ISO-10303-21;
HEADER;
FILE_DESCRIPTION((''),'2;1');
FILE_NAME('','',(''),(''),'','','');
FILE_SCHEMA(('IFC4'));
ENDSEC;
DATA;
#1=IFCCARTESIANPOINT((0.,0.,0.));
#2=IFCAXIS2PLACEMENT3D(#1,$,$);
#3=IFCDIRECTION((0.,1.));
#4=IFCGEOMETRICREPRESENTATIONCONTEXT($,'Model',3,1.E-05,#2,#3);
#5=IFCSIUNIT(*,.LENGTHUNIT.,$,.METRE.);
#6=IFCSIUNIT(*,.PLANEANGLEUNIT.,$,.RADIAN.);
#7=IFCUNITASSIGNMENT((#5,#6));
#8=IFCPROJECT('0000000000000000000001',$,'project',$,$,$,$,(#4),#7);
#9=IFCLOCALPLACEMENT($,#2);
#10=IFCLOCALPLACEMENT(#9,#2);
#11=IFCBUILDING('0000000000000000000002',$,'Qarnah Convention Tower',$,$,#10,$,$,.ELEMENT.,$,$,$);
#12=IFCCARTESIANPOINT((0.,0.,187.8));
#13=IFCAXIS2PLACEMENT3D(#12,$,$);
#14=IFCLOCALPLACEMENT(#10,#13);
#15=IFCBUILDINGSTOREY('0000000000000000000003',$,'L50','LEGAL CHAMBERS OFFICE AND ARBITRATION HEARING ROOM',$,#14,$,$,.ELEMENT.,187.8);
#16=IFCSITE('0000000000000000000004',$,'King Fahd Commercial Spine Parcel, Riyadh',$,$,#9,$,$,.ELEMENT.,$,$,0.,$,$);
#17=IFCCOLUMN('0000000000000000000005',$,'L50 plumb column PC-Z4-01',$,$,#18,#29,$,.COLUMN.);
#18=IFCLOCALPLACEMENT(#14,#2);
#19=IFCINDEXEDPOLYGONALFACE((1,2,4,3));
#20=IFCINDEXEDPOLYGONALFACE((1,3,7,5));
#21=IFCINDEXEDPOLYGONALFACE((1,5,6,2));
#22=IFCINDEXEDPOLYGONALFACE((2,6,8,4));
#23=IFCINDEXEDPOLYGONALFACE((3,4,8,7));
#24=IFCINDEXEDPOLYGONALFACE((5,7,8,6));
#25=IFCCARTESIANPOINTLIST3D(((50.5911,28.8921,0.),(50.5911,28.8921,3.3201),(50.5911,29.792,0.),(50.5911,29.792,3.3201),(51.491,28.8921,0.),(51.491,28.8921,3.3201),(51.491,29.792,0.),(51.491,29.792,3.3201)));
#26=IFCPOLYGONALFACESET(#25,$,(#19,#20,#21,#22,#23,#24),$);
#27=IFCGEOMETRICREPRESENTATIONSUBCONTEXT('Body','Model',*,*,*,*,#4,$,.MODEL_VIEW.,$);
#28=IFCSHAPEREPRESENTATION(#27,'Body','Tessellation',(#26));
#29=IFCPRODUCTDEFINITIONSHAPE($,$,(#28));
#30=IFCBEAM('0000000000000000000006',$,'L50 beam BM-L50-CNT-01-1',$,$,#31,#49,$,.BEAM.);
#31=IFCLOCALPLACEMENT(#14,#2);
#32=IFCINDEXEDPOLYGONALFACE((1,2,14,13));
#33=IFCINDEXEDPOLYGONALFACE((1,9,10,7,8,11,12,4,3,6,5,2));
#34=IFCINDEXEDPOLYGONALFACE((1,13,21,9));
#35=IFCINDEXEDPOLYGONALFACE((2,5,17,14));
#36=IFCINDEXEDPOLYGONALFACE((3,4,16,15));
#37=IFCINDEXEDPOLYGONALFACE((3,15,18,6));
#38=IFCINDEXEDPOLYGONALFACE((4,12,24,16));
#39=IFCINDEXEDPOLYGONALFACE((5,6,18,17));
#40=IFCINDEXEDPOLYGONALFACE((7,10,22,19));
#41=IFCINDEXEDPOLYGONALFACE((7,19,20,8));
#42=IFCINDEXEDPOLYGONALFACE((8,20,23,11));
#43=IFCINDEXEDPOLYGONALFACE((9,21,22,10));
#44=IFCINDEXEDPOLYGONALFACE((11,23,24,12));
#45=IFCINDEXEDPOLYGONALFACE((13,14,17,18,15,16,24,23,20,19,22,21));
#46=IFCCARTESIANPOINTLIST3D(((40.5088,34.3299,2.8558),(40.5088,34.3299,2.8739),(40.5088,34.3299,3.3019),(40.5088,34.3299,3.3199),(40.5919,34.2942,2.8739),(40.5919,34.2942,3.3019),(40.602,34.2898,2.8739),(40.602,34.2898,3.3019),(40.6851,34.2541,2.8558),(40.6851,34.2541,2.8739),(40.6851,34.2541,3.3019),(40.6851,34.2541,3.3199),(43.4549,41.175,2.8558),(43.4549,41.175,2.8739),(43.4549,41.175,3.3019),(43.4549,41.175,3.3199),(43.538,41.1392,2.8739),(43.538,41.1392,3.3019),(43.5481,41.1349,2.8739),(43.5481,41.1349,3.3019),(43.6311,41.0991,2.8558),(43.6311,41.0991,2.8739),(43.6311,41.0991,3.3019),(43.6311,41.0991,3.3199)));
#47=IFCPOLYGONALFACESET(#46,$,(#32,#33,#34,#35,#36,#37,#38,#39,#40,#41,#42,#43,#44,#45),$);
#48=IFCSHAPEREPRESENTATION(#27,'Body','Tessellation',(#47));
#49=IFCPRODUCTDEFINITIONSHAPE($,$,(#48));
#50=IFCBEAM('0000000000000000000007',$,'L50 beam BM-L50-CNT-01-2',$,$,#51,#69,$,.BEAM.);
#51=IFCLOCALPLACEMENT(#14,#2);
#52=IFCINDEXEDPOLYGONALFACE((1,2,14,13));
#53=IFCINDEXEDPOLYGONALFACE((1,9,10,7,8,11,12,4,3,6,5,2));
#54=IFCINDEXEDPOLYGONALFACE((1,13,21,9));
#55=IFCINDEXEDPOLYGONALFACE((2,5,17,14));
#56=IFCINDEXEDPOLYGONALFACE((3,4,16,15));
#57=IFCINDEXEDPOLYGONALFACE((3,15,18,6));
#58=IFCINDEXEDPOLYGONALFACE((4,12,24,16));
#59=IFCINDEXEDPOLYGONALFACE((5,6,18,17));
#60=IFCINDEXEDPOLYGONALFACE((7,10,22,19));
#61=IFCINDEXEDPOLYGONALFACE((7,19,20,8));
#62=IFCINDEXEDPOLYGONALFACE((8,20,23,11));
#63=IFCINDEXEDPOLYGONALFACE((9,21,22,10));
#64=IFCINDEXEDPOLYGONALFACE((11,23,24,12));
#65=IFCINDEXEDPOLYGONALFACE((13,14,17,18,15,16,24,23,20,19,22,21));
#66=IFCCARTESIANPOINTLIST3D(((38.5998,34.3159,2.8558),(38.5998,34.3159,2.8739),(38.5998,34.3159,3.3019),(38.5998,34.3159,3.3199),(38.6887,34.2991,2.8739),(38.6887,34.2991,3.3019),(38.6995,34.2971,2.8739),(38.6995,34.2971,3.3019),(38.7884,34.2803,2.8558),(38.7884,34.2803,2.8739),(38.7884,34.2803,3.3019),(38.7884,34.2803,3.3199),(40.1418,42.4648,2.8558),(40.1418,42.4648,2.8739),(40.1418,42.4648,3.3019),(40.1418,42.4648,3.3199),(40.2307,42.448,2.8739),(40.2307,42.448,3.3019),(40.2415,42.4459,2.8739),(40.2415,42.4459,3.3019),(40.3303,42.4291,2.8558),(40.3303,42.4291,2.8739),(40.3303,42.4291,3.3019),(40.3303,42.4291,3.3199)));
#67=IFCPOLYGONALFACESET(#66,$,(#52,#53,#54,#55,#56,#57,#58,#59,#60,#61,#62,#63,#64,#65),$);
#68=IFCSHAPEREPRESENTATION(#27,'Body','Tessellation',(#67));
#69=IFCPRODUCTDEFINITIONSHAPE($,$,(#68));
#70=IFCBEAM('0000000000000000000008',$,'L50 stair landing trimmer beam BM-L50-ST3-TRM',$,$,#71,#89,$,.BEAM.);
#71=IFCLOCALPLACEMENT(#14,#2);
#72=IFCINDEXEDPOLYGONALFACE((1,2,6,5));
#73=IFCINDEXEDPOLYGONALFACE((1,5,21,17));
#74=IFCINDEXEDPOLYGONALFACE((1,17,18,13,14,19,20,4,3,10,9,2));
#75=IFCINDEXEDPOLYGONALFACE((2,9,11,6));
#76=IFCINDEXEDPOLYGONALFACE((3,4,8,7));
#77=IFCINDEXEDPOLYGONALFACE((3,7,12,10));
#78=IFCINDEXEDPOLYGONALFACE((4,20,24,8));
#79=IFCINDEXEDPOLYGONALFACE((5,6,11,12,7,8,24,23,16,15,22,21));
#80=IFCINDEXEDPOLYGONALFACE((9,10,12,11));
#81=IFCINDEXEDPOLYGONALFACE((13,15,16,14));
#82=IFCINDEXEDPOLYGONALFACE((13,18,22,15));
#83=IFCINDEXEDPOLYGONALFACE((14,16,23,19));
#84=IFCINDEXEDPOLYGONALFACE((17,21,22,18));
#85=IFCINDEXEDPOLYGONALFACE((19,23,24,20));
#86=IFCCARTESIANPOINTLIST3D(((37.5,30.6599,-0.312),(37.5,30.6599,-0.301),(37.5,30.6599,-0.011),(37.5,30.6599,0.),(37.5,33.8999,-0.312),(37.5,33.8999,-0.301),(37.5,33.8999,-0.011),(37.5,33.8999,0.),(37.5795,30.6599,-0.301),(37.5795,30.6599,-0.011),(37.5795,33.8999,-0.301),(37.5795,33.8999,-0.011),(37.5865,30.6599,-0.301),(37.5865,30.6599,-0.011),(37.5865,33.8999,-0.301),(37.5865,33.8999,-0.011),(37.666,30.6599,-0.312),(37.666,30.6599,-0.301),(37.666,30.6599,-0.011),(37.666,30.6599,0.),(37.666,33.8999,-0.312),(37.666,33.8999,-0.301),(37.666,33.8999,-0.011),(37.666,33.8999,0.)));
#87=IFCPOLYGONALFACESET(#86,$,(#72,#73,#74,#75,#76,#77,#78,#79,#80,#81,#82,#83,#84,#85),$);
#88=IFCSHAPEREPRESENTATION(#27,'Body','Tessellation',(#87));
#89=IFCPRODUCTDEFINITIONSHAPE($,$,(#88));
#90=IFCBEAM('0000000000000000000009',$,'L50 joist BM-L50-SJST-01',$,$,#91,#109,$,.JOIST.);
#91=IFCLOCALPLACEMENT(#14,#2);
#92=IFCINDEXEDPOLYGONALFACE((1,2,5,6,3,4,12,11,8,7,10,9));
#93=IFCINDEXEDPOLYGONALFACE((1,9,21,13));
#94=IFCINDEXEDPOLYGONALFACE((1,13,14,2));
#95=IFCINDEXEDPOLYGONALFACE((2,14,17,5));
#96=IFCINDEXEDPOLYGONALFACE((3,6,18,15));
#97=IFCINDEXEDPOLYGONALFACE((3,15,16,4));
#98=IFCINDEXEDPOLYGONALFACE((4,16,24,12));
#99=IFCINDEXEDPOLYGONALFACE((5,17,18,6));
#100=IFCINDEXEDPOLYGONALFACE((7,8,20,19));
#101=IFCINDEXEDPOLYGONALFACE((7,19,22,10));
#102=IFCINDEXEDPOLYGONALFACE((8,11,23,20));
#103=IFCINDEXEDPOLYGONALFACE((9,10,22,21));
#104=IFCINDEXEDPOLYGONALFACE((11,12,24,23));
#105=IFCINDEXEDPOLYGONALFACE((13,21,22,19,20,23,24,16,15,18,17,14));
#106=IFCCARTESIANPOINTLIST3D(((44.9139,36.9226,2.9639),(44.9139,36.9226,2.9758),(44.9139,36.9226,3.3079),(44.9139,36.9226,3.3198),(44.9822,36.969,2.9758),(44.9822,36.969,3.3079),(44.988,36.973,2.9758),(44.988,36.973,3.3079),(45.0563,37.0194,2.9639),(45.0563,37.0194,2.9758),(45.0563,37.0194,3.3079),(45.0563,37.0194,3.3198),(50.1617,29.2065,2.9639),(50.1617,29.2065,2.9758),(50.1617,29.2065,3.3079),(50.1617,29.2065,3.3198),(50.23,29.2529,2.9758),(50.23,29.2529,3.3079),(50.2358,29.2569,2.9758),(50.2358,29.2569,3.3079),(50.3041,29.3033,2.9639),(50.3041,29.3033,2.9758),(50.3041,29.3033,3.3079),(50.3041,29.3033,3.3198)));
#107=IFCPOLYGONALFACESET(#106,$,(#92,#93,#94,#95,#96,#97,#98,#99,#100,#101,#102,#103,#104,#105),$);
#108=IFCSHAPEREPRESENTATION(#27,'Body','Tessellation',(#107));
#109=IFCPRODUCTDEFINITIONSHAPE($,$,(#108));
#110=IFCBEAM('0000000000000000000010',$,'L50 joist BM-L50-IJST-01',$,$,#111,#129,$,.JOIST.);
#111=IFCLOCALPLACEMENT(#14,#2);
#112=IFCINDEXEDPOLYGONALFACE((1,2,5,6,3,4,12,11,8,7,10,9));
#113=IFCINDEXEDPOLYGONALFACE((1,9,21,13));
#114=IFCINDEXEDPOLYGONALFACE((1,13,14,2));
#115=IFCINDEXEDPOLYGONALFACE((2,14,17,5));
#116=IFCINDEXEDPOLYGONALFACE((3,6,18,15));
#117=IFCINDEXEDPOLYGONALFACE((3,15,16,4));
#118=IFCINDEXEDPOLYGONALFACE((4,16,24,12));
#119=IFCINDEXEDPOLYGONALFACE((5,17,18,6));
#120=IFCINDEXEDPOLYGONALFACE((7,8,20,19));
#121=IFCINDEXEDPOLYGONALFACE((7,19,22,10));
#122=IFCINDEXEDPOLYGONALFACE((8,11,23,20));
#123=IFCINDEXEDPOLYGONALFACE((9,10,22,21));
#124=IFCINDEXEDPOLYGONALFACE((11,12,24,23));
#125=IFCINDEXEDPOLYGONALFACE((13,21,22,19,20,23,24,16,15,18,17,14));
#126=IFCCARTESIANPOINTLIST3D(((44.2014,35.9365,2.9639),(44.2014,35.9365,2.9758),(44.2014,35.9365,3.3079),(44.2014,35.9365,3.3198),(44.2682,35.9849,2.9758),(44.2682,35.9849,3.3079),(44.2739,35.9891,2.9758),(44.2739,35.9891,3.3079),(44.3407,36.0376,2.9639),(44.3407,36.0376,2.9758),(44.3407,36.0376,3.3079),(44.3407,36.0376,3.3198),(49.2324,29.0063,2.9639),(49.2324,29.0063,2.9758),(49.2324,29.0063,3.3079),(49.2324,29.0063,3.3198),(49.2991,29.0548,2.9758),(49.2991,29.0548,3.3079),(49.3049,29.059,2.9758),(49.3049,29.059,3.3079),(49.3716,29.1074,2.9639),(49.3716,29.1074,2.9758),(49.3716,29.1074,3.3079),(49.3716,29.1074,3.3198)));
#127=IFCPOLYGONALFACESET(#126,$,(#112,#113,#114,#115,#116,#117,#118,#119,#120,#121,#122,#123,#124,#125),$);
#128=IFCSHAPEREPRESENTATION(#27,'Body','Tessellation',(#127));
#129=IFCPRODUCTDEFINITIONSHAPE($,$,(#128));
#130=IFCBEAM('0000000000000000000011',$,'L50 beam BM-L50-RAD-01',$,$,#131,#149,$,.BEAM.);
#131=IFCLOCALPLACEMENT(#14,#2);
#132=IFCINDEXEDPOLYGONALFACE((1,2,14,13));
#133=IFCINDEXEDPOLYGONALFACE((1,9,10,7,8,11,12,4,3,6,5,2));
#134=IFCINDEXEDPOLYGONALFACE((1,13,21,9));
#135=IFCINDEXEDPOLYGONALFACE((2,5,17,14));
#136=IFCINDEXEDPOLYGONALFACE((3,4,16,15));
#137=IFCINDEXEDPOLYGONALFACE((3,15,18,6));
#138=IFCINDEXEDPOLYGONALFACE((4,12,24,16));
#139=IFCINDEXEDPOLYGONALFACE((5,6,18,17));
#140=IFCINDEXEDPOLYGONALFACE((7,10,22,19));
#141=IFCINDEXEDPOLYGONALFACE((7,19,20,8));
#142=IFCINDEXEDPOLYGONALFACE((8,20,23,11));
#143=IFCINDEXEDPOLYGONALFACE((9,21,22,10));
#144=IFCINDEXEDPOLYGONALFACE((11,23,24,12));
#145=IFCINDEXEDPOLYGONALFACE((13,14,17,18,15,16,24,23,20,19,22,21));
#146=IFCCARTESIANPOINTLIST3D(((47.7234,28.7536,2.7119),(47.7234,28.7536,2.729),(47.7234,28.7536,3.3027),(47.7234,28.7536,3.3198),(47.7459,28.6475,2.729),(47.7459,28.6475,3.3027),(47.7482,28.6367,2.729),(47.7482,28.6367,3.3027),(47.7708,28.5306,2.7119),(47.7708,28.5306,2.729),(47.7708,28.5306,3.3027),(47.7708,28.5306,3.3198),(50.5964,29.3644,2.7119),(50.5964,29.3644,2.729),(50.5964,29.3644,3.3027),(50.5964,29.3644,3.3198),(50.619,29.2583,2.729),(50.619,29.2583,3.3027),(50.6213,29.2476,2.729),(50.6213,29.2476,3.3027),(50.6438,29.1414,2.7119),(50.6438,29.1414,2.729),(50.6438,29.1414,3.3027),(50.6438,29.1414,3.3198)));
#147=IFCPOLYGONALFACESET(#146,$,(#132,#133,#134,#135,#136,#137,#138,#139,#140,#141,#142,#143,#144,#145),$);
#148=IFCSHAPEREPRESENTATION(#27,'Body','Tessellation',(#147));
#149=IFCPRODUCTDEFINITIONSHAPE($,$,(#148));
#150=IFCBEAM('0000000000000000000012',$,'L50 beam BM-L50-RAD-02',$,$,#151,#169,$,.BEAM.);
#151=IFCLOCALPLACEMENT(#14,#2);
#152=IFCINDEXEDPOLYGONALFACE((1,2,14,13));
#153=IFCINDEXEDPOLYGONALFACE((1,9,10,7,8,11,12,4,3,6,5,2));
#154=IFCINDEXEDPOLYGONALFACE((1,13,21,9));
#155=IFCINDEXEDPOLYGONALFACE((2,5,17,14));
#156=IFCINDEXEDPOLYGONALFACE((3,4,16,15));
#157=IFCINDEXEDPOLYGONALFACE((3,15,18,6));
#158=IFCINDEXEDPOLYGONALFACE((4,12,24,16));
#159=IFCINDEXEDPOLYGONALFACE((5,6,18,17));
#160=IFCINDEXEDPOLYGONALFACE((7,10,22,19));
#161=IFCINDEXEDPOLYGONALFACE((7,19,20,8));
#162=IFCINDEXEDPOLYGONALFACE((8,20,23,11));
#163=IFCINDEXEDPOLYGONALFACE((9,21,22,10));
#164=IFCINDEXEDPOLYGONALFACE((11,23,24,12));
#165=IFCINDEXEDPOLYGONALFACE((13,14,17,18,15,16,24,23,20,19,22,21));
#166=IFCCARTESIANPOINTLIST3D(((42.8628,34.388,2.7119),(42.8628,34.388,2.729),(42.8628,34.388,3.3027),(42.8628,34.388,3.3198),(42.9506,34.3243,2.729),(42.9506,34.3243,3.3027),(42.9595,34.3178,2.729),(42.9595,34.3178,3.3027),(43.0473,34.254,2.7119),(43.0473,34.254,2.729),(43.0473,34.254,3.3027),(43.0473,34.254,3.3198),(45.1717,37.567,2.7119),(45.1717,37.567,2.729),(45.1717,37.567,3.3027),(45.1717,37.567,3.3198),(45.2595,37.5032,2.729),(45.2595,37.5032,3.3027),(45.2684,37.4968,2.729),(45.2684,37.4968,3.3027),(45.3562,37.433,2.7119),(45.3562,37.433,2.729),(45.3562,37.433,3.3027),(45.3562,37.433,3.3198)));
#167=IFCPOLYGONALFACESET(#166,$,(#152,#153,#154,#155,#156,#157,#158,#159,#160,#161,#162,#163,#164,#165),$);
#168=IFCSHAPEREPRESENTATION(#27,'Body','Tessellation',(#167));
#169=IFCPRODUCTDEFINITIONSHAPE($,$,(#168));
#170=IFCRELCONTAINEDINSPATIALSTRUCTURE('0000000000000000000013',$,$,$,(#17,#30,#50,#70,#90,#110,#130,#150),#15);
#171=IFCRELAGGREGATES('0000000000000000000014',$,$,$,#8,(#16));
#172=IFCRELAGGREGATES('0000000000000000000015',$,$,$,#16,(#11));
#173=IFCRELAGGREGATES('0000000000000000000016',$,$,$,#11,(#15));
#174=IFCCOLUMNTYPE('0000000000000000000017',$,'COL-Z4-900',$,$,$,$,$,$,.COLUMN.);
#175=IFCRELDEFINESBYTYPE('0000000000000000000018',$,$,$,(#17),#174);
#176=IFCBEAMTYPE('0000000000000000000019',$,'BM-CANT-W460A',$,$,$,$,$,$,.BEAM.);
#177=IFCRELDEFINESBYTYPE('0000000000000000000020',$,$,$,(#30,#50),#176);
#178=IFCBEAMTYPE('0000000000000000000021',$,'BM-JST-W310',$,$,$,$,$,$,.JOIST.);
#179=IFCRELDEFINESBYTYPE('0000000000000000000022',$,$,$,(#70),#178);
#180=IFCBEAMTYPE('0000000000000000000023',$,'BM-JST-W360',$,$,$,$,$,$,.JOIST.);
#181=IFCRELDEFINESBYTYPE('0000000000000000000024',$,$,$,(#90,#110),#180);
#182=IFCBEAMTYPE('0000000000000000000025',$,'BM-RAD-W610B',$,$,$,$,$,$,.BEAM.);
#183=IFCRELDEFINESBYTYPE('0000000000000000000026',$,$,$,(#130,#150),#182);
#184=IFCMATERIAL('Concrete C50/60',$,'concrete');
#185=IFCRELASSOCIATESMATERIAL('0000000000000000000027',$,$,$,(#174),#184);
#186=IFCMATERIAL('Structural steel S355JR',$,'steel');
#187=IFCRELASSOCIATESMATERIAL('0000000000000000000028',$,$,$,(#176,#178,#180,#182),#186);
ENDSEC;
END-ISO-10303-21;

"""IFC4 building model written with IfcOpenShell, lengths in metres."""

from ifc_helpers import new_model, si_unit, direction, frame, origin, origin_2d, place, context, subcontext, project, spatial, rectangle, i_section, extrude, material, material_profile, profile_set, type_object, element, save


model = new_model("IFC4")

# Units and contexts
model_context = context("Model", 3, precision=1e-05, world=origin(), true_north=direction((0.0, 1.0)))
body_context = subcontext(model_context, "Body", "Model", "MODEL_VIEW")
ifc_project = project(units=[si_unit("LENGTHUNIT", "METRE"), si_unit("PLANEANGLEUNIT", "RADIAN")], contexts=[model_context])

# Site, building, storey
site_placement = place(None, origin())
site = spatial("IfcSite", under=ifc_project, at=site_placement, Name="King Fahd Commercial Spine Parcel, Riyadh", CompositionType="ELEMENT", RefElevation=0.0)
building_placement = place(site_placement, origin())
building = spatial("IfcBuilding", under=site, at=building_placement, Name="Qarnah Convention Tower", CompositionType="ELEMENT")
storey_placement = place(building_placement, frame((0.0, 0.0, 187.8)))
storey = spatial("IfcBuildingStorey", under=building, at=storey_placement, Name="L50", Description="LEGAL CHAMBERS OFFICE AND ARBITRATION HEARING ROOM", CompositionType="ELEMENT", Elevation=187.8)

# Column
ifc_material_1 = material(Name="Concrete C50/60", Category="concrete")
ifc_material_profile_1 = material_profile(ifc_material_1, rectangle(XDim=0.8999, YDim=0.8999, at=origin_2d()), Name="RC-COL-900X900")
ifc_profile_set_1 = profile_set([ifc_material_profile_1], Name="Concrete C50/60")
column_type = type_object("IfcColumnType", Name="COL-Z4-900", PredefinedType="COLUMN", material=ifc_profile_set_1)
column_placement = place(storey_placement, frame((51.041, 29.342, 0.0), z_axis=(0.0, 0.0, 1.0), x_axis=(1.0, 0.0, 0.0)))
element("IfcColumn", 1, at=column_placement, inside=storey, type_object=column_type, Name="L50 plumb column PC-Z4-01", PredefinedType="COLUMN", context=body_context, shape_type="SweptSolid", body=[
    extrude(rectangle(XDim=0.8999, YDim=0.8999, at=origin_2d()), origin(), (0.0, 0.0, 1.0), 3.3201),
])

# Beams
ifc_material_2 = material(Name="Structural steel S355JR", Category="steel")
ifc_material_profile_2 = material_profile(ifc_material_2, i_section(OverallWidth=0.1919, OverallDepth=0.4641, WebThickness=0.011, FlangeThickness=0.0181, at=origin_2d()), Name="W460X89")
ifc_profile_set_2 = profile_set([ifc_material_profile_2], Name="Structural steel S355JR")
beam_type_1 = type_object("IfcBeamType", Name="BM-CANT-W460A", PredefinedType="BEAM", material=ifc_profile_set_2)
beam_1_placement = place(storey_placement, frame((40.5969, 34.292, 3.0879), z_axis=(0.395334, 0.918537, 0.0), x_axis=(-0.918537, 0.395334, 0.0)))
element("IfcBeam", 2, at=beam_1_placement, inside=storey, type_object=beam_type_1, Name="L50 beam BM-L50-CNT-01-1", PredefinedType="BEAM", context=body_context, shape_type="SweptSolid", body=[
    extrude(i_section(OverallWidth=0.1919, OverallDepth=0.4641, WebThickness=0.011, FlangeThickness=0.0181, at=origin_2d()), origin(), (0.0, 0.0, 1.0), 7.4521),
])
beam_2_placement = place(storey_placement, frame((38.6941, 34.2981, 3.0879), z_axis=(0.185927, 0.982564, 0.0), x_axis=(-0.982564, 0.185927, 0.0)))
element("IfcBeam", 3, at=beam_2_placement, inside=storey, type_object=beam_type_1, Name="L50 beam BM-L50-CNT-01-2", PredefinedType="BEAM", context=body_context, shape_type="SweptSolid", body=[
    extrude(i_section(OverallWidth=0.1919, OverallDepth=0.4641, WebThickness=0.011, FlangeThickness=0.0181, at=origin_2d()), origin(), (0.0, 0.0, 1.0), 8.2935),
])
ifc_material_profile_3 = material_profile(ifc_material_2, i_section(OverallWidth=0.166, OverallDepth=0.312, WebThickness=0.0071, FlangeThickness=0.011, at=origin_2d()), Name="W310X45")
ifc_profile_set_3 = profile_set([ifc_material_profile_3], Name="Structural steel S355JR")
beam_type_2 = type_object("IfcBeamType", Name="BM-JST-W310", PredefinedType="JOIST", material=ifc_profile_set_3)
beam_3_placement = place(storey_placement, frame((37.583, 30.6599, -0.156), z_axis=(0.0, 1.0, 0.0), x_axis=(-1.0, 0.0, 0.0)))
element("IfcBeam", 4, at=beam_3_placement, inside=storey, type_object=beam_type_2, Name="L50 stair landing trimmer beam BM-L50-ST3-TRM", PredefinedType="BEAM", context=body_context, shape_type="SweptSolid", body=[
    extrude(i_section(OverallWidth=0.166, OverallDepth=0.312, WebThickness=0.0071, FlangeThickness=0.011, at=origin_2d()), origin(), (0.0, 0.0, 1.0), 3.24),
])
ifc_material_profile_4 = material_profile(ifc_material_2, i_section(OverallWidth=0.1721, OverallDepth=0.356, WebThickness=0.0071, FlangeThickness=0.012, at=origin_2d()), Name="W360X51")
ifc_profile_set_4 = profile_set([ifc_material_profile_4], Name="Structural steel S355JR")
beam_type_3 = type_object("IfcBeamType", Name="BM-JST-W360", PredefinedType="JOIST", material=ifc_profile_set_4)
beam_4_placement = place(storey_placement, frame((50.2329, 29.2549, 3.1418), z_axis=(-0.562374, 0.826883, 0.0), x_axis=(-0.826883, -0.562374, 0.0)))
element("IfcBeam", 5, at=beam_4_placement, inside=storey, type_object=beam_type_3, Name="L50 joist BM-L50-SJST-01", PredefinedType="JOIST", context=body_context, shape_type="SweptSolid", body=[
    extrude(i_section(OverallWidth=0.1721, OverallDepth=0.356, WebThickness=0.0071, FlangeThickness=0.012, at=origin_2d()), origin(), (0.0, 0.0, 1.0), 9.3315),
])
beam_5_placement = place(storey_placement, frame((49.302, 29.0569, 3.1418), z_axis=(-0.587475, 0.809242, 0.0), x_axis=(-0.809242, -0.587475, 0.0)))
element("IfcBeam", 6, at=beam_5_placement, inside=storey, type_object=beam_type_3, Name="L50 joist BM-L50-IJST-01", PredefinedType="JOIST", context=body_context, shape_type="SweptSolid", body=[
    extrude(i_section(OverallWidth=0.1721, OverallDepth=0.356, WebThickness=0.0071, FlangeThickness=0.012, at=origin_2d()), origin(), (0.0, 0.0, 1.0), 8.5637),
])
ifc_material_profile_5 = material_profile(ifc_material_2, i_section(OverallWidth=0.228, OverallDepth=0.6079, WebThickness=0.011, FlangeThickness=0.0171, at=origin_2d()), Name="W610X113")
ifc_profile_set_5 = profile_set([ifc_material_profile_5], Name="Structural steel S355JR")
beam_type_4 = type_object("IfcBeamType", Name="BM-RAD-W610B", PredefinedType="BEAM", material=ifc_profile_set_5)
beam_6_placement = place(storey_placement, frame((47.7471, 28.6421, 3.0159), z_axis=(0.978137, 0.207962, 0.0), x_axis=(-0.207962, 0.978137, 0.0)))
element("IfcBeam", 7, at=beam_6_placement, inside=storey, type_object=beam_type_4, Name="L50 beam BM-L50-RAD-01", PredefinedType="BEAM", context=body_context, shape_type="SweptSolid", body=[
    extrude(i_section(OverallWidth=0.228, OverallDepth=0.6079, WebThickness=0.011, FlangeThickness=0.0171, at=origin_2d()), origin(), (0.0, 0.0, 1.0), 2.9373),
])
beam_7_placement = place(storey_placement, frame((42.9551, 34.321, 3.0159), z_axis=(0.587651, 0.809115, 0.0), x_axis=(-0.809115, 0.587651, 0.0)))
element("IfcBeam", 8, at=beam_7_placement, inside=storey, type_object=beam_type_4, Name="L50 beam BM-L50-RAD-02", PredefinedType="BEAM", context=body_context, shape_type="SweptSolid", body=[
    extrude(i_section(OverallWidth=0.228, OverallDepth=0.6079, WebThickness=0.011, FlangeThickness=0.0171, at=origin_2d()), origin(), (0.0, 0.0, 1.0), 3.929),
])

save(model, "model.ifc")
